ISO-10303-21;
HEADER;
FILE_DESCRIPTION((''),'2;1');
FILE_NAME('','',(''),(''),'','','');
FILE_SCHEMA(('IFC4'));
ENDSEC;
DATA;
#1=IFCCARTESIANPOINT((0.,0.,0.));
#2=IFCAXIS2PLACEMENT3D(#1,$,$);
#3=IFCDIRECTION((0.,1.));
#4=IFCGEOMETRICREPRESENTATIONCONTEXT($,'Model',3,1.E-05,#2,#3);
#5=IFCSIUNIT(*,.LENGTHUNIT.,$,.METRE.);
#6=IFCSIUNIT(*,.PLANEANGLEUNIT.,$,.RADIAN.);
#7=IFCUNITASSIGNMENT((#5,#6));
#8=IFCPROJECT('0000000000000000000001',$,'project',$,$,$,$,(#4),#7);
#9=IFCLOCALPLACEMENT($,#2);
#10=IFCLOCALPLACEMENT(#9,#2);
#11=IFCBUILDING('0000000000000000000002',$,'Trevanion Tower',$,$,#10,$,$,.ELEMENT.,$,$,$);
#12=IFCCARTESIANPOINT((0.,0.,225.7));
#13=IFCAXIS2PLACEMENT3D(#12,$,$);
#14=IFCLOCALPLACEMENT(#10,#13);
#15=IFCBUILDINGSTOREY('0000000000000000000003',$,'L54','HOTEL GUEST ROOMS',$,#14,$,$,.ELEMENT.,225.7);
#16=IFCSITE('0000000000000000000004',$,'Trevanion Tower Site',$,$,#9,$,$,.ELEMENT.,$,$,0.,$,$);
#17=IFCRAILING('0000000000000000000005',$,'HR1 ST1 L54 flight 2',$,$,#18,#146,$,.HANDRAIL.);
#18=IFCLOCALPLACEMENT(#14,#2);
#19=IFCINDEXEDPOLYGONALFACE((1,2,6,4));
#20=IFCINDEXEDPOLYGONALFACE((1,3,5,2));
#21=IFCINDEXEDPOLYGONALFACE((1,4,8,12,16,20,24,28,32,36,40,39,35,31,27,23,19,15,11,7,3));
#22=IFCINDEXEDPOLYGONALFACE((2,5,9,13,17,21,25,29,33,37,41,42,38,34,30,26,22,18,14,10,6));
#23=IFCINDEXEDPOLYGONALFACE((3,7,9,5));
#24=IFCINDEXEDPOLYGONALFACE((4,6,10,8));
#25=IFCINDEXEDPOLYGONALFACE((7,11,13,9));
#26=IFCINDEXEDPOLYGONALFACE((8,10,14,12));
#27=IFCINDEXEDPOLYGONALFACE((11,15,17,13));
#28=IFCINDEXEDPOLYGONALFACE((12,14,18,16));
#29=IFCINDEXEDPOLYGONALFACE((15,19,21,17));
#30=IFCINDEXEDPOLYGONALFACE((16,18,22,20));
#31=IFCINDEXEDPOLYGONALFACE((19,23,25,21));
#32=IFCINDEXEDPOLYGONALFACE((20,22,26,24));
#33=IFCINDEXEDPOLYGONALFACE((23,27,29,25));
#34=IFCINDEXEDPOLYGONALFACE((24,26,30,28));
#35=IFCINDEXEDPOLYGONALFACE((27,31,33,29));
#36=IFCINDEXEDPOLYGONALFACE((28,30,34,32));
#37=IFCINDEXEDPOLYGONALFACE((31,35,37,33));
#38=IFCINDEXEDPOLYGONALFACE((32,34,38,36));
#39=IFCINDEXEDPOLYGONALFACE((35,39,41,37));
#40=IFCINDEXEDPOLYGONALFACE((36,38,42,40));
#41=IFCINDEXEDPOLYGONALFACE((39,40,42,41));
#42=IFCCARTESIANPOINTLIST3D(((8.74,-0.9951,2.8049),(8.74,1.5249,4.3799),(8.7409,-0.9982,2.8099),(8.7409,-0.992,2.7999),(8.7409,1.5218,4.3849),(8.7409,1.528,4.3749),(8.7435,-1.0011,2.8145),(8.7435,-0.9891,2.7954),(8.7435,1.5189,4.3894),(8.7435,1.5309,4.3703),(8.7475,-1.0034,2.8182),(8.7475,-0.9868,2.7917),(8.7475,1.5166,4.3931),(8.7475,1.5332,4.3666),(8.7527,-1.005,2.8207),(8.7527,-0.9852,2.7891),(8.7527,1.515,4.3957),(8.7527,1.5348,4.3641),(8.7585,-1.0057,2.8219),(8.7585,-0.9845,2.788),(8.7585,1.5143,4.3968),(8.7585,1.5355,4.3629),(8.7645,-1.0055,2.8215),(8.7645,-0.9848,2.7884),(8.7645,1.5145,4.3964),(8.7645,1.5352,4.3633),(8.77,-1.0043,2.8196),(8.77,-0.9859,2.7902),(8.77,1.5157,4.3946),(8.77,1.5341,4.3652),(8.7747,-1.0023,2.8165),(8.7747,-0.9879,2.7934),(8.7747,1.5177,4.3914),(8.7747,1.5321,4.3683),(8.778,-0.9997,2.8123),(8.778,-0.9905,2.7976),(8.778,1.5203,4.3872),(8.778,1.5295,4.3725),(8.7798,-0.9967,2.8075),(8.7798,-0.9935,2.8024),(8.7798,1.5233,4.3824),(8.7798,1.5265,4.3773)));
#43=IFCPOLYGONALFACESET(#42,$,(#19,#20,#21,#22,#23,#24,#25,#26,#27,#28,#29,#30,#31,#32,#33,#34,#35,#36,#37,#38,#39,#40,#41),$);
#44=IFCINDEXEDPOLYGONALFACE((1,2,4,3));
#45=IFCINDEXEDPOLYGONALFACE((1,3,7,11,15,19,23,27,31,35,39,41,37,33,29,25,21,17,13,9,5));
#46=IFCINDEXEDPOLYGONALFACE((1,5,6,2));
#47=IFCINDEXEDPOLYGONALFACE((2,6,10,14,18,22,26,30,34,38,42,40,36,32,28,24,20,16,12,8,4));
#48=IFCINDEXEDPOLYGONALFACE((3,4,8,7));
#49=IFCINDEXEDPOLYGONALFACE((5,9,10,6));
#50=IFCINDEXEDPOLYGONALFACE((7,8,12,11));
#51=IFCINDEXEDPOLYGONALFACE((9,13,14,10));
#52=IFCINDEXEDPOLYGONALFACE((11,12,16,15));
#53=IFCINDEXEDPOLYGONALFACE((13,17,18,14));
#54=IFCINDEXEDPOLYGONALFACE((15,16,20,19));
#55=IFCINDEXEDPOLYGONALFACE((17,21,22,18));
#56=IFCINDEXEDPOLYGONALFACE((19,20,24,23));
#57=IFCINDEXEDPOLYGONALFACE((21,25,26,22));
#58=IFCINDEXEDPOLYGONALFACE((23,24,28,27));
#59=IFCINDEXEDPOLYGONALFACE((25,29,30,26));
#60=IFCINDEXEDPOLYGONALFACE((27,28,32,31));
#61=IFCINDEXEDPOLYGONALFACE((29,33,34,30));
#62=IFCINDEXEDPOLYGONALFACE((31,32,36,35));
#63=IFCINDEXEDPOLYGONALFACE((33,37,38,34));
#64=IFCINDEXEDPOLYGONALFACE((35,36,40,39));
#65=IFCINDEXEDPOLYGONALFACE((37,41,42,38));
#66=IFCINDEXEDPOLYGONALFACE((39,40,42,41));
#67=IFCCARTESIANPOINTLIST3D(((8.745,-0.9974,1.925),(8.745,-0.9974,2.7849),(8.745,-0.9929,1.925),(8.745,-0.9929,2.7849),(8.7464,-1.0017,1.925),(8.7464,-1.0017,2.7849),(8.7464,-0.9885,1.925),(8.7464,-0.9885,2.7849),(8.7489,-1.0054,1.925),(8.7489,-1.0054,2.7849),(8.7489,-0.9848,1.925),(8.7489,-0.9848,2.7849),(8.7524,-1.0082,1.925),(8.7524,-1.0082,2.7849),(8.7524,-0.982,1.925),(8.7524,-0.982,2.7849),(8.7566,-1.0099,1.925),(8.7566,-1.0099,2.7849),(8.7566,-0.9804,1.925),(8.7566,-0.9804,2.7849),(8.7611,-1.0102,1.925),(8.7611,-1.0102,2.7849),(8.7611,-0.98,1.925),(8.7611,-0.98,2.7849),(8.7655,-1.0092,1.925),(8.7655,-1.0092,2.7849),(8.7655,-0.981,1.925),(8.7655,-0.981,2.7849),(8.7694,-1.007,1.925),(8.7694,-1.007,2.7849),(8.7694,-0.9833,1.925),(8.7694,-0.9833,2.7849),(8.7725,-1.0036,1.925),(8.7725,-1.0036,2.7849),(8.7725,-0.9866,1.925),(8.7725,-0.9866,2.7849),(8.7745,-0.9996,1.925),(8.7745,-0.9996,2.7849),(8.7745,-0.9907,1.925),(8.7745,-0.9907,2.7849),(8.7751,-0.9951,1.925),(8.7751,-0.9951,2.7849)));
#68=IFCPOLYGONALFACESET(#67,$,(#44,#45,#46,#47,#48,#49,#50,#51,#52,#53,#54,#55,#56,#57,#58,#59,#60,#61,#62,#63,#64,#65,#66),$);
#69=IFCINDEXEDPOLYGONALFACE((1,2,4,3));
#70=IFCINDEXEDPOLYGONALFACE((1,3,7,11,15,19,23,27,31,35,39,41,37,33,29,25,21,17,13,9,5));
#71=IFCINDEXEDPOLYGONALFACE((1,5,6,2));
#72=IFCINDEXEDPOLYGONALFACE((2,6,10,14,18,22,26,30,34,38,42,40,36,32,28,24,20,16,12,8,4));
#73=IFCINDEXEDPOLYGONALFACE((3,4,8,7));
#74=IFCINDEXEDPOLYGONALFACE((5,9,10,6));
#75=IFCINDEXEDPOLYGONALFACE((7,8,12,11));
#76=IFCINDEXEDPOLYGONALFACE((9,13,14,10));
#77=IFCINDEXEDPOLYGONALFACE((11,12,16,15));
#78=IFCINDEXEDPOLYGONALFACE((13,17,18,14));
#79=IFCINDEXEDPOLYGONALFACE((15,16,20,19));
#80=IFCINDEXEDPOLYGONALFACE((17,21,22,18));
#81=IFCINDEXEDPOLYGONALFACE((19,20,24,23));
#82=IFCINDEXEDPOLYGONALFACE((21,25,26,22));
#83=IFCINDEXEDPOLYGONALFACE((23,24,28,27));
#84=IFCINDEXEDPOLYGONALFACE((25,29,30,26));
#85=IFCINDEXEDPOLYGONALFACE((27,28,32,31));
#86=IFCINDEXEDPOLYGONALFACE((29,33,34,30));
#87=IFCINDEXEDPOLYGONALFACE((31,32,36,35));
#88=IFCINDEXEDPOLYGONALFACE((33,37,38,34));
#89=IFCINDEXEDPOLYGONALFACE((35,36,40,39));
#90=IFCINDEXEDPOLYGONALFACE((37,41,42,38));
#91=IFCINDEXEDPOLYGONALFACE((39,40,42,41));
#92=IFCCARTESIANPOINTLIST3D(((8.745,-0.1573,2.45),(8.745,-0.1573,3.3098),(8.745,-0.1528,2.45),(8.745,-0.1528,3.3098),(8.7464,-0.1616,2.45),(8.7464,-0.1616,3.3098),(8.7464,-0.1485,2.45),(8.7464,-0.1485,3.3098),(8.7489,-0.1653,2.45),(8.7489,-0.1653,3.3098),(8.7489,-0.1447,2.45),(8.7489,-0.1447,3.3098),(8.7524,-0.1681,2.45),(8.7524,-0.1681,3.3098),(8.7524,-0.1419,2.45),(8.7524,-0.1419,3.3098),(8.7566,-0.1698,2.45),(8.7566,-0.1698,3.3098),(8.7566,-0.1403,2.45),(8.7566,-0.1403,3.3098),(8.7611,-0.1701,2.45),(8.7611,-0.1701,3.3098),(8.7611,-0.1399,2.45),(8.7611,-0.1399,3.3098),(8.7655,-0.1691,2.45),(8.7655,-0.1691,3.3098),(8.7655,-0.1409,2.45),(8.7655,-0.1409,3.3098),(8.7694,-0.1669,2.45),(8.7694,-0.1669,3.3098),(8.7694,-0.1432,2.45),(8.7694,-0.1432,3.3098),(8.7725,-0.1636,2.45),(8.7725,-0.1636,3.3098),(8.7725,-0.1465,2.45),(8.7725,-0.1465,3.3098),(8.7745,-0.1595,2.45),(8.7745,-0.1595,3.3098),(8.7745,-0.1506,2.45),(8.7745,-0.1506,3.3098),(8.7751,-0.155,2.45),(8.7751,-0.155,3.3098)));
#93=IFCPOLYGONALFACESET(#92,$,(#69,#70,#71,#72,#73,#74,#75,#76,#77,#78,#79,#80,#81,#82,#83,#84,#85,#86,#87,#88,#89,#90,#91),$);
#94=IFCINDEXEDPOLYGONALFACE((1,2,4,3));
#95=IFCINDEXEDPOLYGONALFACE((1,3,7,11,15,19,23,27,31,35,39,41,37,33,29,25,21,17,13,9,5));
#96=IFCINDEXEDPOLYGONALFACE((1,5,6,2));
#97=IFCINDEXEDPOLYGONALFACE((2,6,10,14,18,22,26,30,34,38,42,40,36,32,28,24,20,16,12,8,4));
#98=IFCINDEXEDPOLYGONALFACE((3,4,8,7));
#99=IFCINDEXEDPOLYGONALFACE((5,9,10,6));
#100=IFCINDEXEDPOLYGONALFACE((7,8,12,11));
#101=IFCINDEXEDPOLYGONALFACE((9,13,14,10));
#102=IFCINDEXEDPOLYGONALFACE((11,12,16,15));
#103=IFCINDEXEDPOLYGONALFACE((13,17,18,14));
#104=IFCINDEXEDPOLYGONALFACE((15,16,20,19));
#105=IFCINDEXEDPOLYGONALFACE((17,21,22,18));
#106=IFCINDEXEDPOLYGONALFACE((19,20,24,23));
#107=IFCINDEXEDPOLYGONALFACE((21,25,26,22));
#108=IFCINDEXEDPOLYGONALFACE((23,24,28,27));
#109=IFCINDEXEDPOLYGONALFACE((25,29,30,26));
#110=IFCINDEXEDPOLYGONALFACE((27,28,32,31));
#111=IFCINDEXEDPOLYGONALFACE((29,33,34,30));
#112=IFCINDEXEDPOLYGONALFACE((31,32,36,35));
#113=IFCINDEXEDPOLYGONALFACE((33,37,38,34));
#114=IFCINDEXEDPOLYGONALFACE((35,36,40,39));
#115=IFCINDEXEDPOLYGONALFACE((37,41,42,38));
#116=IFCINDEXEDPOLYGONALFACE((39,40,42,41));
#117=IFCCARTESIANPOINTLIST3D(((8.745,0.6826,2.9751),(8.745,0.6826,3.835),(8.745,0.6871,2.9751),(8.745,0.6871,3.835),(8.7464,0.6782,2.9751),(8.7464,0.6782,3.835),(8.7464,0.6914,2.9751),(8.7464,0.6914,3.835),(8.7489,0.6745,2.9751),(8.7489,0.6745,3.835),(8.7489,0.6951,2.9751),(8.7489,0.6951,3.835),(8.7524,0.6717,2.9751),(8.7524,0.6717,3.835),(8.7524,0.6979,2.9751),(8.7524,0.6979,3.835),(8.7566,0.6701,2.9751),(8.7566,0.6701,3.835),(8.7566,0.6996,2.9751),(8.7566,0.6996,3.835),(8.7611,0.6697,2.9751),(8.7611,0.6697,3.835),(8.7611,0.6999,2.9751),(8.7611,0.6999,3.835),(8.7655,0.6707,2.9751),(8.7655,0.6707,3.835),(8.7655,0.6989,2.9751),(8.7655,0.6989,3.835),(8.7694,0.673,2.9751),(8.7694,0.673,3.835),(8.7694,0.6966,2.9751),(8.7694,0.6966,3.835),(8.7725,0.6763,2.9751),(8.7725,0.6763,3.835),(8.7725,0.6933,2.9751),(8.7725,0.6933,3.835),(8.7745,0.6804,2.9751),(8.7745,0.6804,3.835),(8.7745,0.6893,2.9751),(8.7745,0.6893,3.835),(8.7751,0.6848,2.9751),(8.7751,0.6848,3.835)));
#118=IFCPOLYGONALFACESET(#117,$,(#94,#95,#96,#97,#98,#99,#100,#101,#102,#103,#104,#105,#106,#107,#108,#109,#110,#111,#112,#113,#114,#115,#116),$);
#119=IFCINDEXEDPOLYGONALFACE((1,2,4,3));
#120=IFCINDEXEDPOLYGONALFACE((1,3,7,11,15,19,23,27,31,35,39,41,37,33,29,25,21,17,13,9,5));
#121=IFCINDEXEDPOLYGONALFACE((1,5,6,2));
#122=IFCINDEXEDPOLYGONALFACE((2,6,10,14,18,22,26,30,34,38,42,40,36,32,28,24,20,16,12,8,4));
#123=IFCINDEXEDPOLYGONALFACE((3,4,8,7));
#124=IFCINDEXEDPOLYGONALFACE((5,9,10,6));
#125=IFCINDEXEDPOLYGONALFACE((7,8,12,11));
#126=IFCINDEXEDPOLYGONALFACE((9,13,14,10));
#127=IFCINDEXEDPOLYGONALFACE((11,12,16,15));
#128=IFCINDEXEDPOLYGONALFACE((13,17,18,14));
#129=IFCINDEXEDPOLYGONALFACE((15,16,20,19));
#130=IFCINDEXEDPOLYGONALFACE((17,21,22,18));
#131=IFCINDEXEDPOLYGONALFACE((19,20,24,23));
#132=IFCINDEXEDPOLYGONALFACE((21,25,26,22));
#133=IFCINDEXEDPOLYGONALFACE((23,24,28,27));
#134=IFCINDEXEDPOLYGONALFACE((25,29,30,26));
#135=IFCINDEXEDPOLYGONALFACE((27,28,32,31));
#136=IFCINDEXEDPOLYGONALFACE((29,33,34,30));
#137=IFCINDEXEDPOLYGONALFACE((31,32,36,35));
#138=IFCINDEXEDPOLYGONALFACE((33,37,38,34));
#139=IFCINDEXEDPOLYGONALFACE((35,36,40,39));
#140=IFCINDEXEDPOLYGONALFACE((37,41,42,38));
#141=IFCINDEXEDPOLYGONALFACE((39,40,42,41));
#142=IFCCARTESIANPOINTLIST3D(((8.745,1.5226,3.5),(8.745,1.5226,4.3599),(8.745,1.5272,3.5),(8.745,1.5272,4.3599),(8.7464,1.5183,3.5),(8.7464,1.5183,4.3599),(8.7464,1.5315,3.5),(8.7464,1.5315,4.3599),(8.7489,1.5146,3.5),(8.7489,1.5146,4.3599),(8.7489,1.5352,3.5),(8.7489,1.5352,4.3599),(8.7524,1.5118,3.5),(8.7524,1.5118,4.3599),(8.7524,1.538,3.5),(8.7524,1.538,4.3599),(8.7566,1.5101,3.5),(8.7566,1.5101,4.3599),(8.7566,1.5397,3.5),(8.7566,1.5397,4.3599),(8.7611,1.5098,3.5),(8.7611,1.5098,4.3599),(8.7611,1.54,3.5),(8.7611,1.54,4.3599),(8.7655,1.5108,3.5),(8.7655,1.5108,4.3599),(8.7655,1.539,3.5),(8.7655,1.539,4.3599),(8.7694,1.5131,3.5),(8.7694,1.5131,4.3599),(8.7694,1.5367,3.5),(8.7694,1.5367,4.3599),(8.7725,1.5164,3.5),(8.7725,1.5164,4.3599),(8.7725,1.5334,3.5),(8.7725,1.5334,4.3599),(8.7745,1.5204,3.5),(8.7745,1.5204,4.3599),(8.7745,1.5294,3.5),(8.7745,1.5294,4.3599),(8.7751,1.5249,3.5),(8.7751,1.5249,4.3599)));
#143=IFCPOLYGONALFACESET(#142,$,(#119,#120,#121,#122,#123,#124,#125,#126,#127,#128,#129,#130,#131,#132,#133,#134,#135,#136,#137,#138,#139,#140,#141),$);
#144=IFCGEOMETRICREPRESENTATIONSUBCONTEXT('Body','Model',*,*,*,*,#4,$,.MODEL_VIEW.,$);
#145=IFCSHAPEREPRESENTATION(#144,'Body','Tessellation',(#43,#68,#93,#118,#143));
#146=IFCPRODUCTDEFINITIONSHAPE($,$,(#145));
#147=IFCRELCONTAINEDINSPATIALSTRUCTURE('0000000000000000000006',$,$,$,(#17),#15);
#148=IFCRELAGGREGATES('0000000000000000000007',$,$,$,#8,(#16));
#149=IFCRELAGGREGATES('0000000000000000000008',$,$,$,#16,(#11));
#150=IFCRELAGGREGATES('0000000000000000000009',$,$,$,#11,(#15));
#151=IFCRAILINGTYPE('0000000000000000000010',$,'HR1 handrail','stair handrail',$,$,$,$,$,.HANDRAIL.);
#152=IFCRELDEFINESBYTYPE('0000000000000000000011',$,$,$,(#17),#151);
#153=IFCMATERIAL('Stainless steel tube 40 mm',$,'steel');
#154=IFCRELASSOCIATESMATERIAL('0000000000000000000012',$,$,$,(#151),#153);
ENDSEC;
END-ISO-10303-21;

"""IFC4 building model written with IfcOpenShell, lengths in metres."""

from ifc_helpers import new_model, si_unit, direction, frame, origin, origin_2d, place, context, subcontext, project, spatial, circle, extrude, material, type_object, element, save


model = new_model("IFC4")

# Units and contexts
model_context = context("Model", 3, precision=1e-05, world=origin(), true_north=direction((0.0, 1.0)))
body_context = subcontext(model_context, "Body", "Model", "MODEL_VIEW")
ifc_project = project(units=[si_unit("LENGTHUNIT", "METRE"), si_unit("PLANEANGLEUNIT", "RADIAN")], contexts=[model_context])

# Site, building, storey
site_placement = place(None, origin())
site = spatial("IfcSite", under=ifc_project, at=site_placement, Name="Trevanion Tower Site", CompositionType="ELEMENT", RefElevation=0.0)
building_placement = place(site_placement, origin())
building = spatial("IfcBuilding", under=site, at=building_placement, Name="Trevanion Tower", CompositionType="ELEMENT")
storey_placement = place(building_placement, frame((0.0, 0.0, 225.7)))
storey = spatial("IfcBuildingStorey", under=building, at=storey_placement, Name="L54", Description="HOTEL GUEST ROOMS", CompositionType="ELEMENT", Elevation=225.7)

# Railing
ifc_material_1 = material(Name="Stainless steel tube 40 mm", Category="steel")
railing_type = type_object("IfcRailingType", Name="HR1 handrail", Description="stair handrail", PredefinedType="HANDRAIL", material=ifc_material_1)
for number, where, name in (
    (1, (8.76, -0.9951, 1.925), "HR1 ST1 L54 flight 2"),
):
    element("IfcRailing", number, at=place(storey_placement, frame(where)), inside=storey, type_object=railing_type, Name=name, PredefinedType="HANDRAIL", context=body_context, shape_type="SweptSolid", body=[
        extrude(circle(Radius=0.02, at=origin_2d()), frame((0.0, 0.0, 0.8799), z_axis=(0.0, 0.848008, 0.529984), x_axis=(-1.0, 0.0, 0.0)), (0.0, 0.0, 1.0), 2.9717),
        extrude(circle(Radius=0.0151, at=origin_2d()), origin(), (0.0, 0.0, 1.0), 0.8599),
        extrude(circle(Radius=0.0151, at=origin_2d()), frame((0.0, 0.8401, 0.5249)), (0.0, 0.0, 1.0), 0.8599),
        extrude(circle(Radius=0.0151, at=origin_2d()), frame((0.0, 1.6799, 1.05)), (0.0, 0.0, 1.0), 0.8599),
        extrude(circle(Radius=0.0151, at=origin_2d()), frame((0.0, 2.52, 1.575)), (0.0, 0.0, 1.0), 0.8599),
    ])

save(model, "model.ifc")
